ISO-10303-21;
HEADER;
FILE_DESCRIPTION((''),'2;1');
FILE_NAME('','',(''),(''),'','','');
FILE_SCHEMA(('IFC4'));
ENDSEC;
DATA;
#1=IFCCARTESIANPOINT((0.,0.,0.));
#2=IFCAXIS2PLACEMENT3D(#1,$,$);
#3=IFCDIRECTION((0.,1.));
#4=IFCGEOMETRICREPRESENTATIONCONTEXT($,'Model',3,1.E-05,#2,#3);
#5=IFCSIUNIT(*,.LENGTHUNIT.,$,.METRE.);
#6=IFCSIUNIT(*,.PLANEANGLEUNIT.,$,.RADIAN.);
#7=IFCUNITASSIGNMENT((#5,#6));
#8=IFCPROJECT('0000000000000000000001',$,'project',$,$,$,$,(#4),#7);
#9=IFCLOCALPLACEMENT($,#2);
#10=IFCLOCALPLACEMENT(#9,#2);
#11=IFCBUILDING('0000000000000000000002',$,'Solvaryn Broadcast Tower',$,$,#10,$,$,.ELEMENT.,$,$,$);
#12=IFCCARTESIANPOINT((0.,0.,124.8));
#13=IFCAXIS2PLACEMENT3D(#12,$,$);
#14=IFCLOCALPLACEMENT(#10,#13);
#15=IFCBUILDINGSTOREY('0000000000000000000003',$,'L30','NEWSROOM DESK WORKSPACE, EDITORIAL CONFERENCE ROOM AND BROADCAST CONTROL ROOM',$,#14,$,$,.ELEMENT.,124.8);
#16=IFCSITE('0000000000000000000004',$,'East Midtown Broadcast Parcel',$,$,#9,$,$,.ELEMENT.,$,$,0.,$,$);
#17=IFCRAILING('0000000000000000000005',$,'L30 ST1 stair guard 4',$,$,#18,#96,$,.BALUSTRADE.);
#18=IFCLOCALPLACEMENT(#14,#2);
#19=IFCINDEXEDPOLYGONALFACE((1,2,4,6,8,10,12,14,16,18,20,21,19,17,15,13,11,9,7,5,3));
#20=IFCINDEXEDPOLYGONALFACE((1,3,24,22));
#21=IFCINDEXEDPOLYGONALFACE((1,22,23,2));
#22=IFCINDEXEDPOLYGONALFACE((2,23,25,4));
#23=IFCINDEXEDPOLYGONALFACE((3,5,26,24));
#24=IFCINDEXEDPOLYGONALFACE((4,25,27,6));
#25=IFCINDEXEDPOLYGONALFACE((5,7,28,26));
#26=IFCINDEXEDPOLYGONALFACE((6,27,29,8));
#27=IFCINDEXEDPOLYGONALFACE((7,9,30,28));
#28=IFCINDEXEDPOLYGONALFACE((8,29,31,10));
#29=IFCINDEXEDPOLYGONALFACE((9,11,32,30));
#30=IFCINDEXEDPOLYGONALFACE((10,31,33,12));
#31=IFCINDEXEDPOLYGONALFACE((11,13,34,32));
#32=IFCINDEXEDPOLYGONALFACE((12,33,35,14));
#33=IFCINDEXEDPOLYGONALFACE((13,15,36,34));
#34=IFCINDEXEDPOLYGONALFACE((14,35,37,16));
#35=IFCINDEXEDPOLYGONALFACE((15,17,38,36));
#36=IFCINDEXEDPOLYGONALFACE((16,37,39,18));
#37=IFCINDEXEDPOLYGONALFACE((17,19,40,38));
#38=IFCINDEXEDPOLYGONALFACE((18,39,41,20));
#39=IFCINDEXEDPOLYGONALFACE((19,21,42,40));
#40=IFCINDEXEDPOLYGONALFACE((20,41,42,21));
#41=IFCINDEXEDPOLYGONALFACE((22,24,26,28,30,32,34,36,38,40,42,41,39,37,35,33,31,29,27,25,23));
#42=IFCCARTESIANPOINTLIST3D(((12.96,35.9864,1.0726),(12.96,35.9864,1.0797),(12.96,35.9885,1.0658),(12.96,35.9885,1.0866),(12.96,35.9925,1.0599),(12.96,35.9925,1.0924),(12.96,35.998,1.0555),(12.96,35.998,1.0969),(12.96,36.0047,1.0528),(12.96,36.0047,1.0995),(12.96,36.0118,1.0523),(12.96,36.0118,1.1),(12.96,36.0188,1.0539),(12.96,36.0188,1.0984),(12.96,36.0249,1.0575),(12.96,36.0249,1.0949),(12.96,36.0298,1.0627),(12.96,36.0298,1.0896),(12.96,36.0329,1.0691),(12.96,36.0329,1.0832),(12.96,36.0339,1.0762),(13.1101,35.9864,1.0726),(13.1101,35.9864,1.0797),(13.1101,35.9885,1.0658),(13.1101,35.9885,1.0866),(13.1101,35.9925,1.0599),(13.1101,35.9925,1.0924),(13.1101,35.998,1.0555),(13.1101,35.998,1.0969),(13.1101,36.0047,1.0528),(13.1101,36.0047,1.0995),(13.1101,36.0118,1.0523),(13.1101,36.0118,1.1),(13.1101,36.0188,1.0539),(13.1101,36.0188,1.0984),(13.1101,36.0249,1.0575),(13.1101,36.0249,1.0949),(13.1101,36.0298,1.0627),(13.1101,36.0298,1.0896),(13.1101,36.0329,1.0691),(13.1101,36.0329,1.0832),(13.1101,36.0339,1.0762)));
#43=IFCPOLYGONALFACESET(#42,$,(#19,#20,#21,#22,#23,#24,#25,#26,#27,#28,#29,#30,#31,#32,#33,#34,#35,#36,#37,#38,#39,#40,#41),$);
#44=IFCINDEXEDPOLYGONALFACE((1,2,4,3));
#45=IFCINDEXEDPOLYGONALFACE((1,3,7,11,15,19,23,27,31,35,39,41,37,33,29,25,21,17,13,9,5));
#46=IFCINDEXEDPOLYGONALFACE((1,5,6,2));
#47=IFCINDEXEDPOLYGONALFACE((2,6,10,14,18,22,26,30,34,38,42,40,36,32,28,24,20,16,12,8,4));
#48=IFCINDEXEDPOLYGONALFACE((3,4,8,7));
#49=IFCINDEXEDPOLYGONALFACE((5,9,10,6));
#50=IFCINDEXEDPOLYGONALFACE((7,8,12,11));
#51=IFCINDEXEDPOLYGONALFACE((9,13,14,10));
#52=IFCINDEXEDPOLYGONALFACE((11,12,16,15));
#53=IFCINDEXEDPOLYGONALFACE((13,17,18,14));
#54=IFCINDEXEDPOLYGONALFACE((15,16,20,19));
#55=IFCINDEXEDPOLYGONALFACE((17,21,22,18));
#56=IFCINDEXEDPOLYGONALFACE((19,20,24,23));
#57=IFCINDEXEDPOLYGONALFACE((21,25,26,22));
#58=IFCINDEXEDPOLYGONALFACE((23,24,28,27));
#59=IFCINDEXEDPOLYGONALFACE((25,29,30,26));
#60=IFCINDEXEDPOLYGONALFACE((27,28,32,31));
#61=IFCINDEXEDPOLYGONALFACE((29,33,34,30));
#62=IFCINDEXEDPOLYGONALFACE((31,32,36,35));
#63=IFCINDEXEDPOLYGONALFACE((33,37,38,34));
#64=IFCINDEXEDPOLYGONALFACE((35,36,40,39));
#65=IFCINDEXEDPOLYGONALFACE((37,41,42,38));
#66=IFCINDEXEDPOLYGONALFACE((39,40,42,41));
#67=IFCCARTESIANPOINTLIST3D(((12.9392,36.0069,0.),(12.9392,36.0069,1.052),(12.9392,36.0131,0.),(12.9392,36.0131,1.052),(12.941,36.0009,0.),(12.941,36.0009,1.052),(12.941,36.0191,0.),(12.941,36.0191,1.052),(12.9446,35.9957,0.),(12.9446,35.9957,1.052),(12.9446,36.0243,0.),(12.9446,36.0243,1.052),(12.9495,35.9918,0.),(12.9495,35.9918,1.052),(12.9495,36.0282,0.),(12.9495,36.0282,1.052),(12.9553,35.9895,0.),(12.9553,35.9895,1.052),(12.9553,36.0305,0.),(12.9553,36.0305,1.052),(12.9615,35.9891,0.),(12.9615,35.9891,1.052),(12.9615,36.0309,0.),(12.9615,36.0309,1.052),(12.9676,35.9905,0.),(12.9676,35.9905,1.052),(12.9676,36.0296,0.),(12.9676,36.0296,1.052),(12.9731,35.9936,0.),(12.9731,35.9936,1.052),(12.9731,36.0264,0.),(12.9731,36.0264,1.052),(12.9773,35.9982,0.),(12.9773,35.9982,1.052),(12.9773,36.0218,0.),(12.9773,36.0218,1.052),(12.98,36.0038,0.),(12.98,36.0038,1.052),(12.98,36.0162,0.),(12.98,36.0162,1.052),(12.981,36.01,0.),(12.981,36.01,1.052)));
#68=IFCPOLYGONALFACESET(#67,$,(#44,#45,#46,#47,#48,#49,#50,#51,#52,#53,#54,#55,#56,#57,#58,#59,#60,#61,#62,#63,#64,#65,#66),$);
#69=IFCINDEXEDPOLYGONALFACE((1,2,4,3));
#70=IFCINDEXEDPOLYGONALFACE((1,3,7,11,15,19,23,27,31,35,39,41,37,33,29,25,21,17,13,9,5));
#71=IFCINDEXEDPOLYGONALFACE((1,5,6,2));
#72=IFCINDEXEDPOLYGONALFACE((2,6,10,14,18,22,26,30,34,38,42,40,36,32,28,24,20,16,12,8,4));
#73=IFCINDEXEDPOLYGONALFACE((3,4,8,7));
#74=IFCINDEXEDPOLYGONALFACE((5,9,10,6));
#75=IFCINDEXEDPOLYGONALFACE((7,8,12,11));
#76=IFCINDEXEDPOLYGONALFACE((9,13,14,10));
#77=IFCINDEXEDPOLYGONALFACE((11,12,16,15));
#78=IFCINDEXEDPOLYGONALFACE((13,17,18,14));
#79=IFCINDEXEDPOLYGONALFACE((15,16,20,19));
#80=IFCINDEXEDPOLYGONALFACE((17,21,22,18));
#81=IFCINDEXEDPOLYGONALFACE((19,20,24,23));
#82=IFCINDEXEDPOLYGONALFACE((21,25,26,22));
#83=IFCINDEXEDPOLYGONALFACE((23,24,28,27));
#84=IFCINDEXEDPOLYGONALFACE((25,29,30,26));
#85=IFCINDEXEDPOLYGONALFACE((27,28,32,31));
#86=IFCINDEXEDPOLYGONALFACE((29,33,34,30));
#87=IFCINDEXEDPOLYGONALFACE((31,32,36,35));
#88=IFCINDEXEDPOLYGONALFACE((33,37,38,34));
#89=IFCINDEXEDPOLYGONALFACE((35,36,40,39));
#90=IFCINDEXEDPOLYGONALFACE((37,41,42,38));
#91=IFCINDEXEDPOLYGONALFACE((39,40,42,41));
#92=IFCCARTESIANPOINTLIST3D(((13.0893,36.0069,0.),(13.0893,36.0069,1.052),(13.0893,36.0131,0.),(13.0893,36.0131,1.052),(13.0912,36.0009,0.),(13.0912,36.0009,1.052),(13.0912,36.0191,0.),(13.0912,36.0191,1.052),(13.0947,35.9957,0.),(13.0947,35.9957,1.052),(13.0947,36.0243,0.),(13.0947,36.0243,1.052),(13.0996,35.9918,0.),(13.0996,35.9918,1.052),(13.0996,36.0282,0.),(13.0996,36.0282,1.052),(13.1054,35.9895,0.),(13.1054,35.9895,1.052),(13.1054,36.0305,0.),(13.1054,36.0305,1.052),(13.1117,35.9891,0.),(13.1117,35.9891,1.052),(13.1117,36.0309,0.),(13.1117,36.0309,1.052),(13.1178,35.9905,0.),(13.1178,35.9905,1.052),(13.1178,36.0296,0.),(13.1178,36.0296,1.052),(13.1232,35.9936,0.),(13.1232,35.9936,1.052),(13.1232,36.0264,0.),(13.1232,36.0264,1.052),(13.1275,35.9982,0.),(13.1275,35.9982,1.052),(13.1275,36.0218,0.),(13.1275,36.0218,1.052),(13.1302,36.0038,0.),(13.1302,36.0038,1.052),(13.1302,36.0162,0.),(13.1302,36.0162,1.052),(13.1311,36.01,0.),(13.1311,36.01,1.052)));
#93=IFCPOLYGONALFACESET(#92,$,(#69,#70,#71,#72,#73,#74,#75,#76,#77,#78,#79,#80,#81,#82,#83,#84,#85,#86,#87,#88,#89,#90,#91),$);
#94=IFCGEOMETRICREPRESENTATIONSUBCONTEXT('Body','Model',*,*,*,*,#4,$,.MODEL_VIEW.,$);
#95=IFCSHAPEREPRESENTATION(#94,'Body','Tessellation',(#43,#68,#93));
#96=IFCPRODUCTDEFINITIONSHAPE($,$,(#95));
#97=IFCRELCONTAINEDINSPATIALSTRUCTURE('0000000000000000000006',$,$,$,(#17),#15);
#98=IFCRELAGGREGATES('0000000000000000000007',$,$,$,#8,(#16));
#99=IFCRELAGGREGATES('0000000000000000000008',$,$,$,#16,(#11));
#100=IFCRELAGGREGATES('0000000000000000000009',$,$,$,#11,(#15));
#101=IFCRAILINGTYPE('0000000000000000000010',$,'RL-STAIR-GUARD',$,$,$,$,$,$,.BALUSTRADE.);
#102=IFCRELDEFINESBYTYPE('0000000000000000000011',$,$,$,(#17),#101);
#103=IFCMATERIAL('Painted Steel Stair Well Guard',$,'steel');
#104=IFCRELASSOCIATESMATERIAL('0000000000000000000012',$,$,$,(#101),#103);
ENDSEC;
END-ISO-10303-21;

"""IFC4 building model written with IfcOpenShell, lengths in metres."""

from ifc_helpers import new_model, si_unit, direction, frame, origin, origin_2d, place, context, subcontext, project, spatial, circle, extrude, material, type_object, element, save


model = new_model("IFC4")

# Units and contexts
model_context = context("Model", 3, precision=1e-05, world=origin(), true_north=direction((0.0, 1.0)))
body_context = subcontext(model_context, "Body", "Model", "MODEL_VIEW")
ifc_project = project(units=[si_unit("LENGTHUNIT", "METRE"), si_unit("PLANEANGLEUNIT", "RADIAN")], contexts=[model_context])

# Site, building, storey
site_placement = place(None, origin())
site = spatial("IfcSite", under=ifc_project, at=site_placement, Name="East Midtown Broadcast Parcel", CompositionType="ELEMENT", RefElevation=0.0)
building_placement = place(site_placement, origin())
building = spatial("IfcBuilding", under=site, at=building_placement, Name="Solvaryn Broadcast Tower", CompositionType="ELEMENT")
storey_placement = place(building_placement, frame((0.0, 0.0, 124.8)))
storey = spatial("IfcBuildingStorey", under=building, at=storey_placement, Name="L30", Description="NEWSROOM DESK WORKSPACE, EDITORIAL CONFERENCE ROOM AND BROADCAST CONTROL ROOM", CompositionType="ELEMENT", Elevation=124.8)

# Railing
ifc_material_1 = material(Name="Painted Steel Stair Well Guard", Category="steel")
railing_type_1 = type_object("IfcRailingType", Name="RL-STAIR-GUARD", PredefinedType="BALUSTRADE", material=ifc_material_1)
railing_1_placement = place(storey_placement, frame((12.96, 36.01, 0.0)))
element("IfcRailing", 1, at=railing_1_placement, inside=storey, type_object=railing_type_1, Name="L30 ST1 stair guard 4", PredefinedType="BALUSTRADE", context=body_context, shape_type="SweptSolid", body=[
    extrude(circle(Radius=0.0239, at=origin_2d()), frame((0.0, 0.0, 1.0762), z_axis=(1.0, 0.0, 0.0), x_axis=(0.0, 1.0, 0.0)), (0.0, 0.0, 1.0), 0.1501),
    extrude(circle(Radius=0.021, at=origin_2d()), origin(), (0.0, 0.0, 1.0), 1.052),
    extrude(circle(Radius=0.021, at=origin_2d()), frame((0.1501, 0.0, 0.0)), (0.0, 0.0, 1.0), 1.052),
])

save(model, "model.ifc")
